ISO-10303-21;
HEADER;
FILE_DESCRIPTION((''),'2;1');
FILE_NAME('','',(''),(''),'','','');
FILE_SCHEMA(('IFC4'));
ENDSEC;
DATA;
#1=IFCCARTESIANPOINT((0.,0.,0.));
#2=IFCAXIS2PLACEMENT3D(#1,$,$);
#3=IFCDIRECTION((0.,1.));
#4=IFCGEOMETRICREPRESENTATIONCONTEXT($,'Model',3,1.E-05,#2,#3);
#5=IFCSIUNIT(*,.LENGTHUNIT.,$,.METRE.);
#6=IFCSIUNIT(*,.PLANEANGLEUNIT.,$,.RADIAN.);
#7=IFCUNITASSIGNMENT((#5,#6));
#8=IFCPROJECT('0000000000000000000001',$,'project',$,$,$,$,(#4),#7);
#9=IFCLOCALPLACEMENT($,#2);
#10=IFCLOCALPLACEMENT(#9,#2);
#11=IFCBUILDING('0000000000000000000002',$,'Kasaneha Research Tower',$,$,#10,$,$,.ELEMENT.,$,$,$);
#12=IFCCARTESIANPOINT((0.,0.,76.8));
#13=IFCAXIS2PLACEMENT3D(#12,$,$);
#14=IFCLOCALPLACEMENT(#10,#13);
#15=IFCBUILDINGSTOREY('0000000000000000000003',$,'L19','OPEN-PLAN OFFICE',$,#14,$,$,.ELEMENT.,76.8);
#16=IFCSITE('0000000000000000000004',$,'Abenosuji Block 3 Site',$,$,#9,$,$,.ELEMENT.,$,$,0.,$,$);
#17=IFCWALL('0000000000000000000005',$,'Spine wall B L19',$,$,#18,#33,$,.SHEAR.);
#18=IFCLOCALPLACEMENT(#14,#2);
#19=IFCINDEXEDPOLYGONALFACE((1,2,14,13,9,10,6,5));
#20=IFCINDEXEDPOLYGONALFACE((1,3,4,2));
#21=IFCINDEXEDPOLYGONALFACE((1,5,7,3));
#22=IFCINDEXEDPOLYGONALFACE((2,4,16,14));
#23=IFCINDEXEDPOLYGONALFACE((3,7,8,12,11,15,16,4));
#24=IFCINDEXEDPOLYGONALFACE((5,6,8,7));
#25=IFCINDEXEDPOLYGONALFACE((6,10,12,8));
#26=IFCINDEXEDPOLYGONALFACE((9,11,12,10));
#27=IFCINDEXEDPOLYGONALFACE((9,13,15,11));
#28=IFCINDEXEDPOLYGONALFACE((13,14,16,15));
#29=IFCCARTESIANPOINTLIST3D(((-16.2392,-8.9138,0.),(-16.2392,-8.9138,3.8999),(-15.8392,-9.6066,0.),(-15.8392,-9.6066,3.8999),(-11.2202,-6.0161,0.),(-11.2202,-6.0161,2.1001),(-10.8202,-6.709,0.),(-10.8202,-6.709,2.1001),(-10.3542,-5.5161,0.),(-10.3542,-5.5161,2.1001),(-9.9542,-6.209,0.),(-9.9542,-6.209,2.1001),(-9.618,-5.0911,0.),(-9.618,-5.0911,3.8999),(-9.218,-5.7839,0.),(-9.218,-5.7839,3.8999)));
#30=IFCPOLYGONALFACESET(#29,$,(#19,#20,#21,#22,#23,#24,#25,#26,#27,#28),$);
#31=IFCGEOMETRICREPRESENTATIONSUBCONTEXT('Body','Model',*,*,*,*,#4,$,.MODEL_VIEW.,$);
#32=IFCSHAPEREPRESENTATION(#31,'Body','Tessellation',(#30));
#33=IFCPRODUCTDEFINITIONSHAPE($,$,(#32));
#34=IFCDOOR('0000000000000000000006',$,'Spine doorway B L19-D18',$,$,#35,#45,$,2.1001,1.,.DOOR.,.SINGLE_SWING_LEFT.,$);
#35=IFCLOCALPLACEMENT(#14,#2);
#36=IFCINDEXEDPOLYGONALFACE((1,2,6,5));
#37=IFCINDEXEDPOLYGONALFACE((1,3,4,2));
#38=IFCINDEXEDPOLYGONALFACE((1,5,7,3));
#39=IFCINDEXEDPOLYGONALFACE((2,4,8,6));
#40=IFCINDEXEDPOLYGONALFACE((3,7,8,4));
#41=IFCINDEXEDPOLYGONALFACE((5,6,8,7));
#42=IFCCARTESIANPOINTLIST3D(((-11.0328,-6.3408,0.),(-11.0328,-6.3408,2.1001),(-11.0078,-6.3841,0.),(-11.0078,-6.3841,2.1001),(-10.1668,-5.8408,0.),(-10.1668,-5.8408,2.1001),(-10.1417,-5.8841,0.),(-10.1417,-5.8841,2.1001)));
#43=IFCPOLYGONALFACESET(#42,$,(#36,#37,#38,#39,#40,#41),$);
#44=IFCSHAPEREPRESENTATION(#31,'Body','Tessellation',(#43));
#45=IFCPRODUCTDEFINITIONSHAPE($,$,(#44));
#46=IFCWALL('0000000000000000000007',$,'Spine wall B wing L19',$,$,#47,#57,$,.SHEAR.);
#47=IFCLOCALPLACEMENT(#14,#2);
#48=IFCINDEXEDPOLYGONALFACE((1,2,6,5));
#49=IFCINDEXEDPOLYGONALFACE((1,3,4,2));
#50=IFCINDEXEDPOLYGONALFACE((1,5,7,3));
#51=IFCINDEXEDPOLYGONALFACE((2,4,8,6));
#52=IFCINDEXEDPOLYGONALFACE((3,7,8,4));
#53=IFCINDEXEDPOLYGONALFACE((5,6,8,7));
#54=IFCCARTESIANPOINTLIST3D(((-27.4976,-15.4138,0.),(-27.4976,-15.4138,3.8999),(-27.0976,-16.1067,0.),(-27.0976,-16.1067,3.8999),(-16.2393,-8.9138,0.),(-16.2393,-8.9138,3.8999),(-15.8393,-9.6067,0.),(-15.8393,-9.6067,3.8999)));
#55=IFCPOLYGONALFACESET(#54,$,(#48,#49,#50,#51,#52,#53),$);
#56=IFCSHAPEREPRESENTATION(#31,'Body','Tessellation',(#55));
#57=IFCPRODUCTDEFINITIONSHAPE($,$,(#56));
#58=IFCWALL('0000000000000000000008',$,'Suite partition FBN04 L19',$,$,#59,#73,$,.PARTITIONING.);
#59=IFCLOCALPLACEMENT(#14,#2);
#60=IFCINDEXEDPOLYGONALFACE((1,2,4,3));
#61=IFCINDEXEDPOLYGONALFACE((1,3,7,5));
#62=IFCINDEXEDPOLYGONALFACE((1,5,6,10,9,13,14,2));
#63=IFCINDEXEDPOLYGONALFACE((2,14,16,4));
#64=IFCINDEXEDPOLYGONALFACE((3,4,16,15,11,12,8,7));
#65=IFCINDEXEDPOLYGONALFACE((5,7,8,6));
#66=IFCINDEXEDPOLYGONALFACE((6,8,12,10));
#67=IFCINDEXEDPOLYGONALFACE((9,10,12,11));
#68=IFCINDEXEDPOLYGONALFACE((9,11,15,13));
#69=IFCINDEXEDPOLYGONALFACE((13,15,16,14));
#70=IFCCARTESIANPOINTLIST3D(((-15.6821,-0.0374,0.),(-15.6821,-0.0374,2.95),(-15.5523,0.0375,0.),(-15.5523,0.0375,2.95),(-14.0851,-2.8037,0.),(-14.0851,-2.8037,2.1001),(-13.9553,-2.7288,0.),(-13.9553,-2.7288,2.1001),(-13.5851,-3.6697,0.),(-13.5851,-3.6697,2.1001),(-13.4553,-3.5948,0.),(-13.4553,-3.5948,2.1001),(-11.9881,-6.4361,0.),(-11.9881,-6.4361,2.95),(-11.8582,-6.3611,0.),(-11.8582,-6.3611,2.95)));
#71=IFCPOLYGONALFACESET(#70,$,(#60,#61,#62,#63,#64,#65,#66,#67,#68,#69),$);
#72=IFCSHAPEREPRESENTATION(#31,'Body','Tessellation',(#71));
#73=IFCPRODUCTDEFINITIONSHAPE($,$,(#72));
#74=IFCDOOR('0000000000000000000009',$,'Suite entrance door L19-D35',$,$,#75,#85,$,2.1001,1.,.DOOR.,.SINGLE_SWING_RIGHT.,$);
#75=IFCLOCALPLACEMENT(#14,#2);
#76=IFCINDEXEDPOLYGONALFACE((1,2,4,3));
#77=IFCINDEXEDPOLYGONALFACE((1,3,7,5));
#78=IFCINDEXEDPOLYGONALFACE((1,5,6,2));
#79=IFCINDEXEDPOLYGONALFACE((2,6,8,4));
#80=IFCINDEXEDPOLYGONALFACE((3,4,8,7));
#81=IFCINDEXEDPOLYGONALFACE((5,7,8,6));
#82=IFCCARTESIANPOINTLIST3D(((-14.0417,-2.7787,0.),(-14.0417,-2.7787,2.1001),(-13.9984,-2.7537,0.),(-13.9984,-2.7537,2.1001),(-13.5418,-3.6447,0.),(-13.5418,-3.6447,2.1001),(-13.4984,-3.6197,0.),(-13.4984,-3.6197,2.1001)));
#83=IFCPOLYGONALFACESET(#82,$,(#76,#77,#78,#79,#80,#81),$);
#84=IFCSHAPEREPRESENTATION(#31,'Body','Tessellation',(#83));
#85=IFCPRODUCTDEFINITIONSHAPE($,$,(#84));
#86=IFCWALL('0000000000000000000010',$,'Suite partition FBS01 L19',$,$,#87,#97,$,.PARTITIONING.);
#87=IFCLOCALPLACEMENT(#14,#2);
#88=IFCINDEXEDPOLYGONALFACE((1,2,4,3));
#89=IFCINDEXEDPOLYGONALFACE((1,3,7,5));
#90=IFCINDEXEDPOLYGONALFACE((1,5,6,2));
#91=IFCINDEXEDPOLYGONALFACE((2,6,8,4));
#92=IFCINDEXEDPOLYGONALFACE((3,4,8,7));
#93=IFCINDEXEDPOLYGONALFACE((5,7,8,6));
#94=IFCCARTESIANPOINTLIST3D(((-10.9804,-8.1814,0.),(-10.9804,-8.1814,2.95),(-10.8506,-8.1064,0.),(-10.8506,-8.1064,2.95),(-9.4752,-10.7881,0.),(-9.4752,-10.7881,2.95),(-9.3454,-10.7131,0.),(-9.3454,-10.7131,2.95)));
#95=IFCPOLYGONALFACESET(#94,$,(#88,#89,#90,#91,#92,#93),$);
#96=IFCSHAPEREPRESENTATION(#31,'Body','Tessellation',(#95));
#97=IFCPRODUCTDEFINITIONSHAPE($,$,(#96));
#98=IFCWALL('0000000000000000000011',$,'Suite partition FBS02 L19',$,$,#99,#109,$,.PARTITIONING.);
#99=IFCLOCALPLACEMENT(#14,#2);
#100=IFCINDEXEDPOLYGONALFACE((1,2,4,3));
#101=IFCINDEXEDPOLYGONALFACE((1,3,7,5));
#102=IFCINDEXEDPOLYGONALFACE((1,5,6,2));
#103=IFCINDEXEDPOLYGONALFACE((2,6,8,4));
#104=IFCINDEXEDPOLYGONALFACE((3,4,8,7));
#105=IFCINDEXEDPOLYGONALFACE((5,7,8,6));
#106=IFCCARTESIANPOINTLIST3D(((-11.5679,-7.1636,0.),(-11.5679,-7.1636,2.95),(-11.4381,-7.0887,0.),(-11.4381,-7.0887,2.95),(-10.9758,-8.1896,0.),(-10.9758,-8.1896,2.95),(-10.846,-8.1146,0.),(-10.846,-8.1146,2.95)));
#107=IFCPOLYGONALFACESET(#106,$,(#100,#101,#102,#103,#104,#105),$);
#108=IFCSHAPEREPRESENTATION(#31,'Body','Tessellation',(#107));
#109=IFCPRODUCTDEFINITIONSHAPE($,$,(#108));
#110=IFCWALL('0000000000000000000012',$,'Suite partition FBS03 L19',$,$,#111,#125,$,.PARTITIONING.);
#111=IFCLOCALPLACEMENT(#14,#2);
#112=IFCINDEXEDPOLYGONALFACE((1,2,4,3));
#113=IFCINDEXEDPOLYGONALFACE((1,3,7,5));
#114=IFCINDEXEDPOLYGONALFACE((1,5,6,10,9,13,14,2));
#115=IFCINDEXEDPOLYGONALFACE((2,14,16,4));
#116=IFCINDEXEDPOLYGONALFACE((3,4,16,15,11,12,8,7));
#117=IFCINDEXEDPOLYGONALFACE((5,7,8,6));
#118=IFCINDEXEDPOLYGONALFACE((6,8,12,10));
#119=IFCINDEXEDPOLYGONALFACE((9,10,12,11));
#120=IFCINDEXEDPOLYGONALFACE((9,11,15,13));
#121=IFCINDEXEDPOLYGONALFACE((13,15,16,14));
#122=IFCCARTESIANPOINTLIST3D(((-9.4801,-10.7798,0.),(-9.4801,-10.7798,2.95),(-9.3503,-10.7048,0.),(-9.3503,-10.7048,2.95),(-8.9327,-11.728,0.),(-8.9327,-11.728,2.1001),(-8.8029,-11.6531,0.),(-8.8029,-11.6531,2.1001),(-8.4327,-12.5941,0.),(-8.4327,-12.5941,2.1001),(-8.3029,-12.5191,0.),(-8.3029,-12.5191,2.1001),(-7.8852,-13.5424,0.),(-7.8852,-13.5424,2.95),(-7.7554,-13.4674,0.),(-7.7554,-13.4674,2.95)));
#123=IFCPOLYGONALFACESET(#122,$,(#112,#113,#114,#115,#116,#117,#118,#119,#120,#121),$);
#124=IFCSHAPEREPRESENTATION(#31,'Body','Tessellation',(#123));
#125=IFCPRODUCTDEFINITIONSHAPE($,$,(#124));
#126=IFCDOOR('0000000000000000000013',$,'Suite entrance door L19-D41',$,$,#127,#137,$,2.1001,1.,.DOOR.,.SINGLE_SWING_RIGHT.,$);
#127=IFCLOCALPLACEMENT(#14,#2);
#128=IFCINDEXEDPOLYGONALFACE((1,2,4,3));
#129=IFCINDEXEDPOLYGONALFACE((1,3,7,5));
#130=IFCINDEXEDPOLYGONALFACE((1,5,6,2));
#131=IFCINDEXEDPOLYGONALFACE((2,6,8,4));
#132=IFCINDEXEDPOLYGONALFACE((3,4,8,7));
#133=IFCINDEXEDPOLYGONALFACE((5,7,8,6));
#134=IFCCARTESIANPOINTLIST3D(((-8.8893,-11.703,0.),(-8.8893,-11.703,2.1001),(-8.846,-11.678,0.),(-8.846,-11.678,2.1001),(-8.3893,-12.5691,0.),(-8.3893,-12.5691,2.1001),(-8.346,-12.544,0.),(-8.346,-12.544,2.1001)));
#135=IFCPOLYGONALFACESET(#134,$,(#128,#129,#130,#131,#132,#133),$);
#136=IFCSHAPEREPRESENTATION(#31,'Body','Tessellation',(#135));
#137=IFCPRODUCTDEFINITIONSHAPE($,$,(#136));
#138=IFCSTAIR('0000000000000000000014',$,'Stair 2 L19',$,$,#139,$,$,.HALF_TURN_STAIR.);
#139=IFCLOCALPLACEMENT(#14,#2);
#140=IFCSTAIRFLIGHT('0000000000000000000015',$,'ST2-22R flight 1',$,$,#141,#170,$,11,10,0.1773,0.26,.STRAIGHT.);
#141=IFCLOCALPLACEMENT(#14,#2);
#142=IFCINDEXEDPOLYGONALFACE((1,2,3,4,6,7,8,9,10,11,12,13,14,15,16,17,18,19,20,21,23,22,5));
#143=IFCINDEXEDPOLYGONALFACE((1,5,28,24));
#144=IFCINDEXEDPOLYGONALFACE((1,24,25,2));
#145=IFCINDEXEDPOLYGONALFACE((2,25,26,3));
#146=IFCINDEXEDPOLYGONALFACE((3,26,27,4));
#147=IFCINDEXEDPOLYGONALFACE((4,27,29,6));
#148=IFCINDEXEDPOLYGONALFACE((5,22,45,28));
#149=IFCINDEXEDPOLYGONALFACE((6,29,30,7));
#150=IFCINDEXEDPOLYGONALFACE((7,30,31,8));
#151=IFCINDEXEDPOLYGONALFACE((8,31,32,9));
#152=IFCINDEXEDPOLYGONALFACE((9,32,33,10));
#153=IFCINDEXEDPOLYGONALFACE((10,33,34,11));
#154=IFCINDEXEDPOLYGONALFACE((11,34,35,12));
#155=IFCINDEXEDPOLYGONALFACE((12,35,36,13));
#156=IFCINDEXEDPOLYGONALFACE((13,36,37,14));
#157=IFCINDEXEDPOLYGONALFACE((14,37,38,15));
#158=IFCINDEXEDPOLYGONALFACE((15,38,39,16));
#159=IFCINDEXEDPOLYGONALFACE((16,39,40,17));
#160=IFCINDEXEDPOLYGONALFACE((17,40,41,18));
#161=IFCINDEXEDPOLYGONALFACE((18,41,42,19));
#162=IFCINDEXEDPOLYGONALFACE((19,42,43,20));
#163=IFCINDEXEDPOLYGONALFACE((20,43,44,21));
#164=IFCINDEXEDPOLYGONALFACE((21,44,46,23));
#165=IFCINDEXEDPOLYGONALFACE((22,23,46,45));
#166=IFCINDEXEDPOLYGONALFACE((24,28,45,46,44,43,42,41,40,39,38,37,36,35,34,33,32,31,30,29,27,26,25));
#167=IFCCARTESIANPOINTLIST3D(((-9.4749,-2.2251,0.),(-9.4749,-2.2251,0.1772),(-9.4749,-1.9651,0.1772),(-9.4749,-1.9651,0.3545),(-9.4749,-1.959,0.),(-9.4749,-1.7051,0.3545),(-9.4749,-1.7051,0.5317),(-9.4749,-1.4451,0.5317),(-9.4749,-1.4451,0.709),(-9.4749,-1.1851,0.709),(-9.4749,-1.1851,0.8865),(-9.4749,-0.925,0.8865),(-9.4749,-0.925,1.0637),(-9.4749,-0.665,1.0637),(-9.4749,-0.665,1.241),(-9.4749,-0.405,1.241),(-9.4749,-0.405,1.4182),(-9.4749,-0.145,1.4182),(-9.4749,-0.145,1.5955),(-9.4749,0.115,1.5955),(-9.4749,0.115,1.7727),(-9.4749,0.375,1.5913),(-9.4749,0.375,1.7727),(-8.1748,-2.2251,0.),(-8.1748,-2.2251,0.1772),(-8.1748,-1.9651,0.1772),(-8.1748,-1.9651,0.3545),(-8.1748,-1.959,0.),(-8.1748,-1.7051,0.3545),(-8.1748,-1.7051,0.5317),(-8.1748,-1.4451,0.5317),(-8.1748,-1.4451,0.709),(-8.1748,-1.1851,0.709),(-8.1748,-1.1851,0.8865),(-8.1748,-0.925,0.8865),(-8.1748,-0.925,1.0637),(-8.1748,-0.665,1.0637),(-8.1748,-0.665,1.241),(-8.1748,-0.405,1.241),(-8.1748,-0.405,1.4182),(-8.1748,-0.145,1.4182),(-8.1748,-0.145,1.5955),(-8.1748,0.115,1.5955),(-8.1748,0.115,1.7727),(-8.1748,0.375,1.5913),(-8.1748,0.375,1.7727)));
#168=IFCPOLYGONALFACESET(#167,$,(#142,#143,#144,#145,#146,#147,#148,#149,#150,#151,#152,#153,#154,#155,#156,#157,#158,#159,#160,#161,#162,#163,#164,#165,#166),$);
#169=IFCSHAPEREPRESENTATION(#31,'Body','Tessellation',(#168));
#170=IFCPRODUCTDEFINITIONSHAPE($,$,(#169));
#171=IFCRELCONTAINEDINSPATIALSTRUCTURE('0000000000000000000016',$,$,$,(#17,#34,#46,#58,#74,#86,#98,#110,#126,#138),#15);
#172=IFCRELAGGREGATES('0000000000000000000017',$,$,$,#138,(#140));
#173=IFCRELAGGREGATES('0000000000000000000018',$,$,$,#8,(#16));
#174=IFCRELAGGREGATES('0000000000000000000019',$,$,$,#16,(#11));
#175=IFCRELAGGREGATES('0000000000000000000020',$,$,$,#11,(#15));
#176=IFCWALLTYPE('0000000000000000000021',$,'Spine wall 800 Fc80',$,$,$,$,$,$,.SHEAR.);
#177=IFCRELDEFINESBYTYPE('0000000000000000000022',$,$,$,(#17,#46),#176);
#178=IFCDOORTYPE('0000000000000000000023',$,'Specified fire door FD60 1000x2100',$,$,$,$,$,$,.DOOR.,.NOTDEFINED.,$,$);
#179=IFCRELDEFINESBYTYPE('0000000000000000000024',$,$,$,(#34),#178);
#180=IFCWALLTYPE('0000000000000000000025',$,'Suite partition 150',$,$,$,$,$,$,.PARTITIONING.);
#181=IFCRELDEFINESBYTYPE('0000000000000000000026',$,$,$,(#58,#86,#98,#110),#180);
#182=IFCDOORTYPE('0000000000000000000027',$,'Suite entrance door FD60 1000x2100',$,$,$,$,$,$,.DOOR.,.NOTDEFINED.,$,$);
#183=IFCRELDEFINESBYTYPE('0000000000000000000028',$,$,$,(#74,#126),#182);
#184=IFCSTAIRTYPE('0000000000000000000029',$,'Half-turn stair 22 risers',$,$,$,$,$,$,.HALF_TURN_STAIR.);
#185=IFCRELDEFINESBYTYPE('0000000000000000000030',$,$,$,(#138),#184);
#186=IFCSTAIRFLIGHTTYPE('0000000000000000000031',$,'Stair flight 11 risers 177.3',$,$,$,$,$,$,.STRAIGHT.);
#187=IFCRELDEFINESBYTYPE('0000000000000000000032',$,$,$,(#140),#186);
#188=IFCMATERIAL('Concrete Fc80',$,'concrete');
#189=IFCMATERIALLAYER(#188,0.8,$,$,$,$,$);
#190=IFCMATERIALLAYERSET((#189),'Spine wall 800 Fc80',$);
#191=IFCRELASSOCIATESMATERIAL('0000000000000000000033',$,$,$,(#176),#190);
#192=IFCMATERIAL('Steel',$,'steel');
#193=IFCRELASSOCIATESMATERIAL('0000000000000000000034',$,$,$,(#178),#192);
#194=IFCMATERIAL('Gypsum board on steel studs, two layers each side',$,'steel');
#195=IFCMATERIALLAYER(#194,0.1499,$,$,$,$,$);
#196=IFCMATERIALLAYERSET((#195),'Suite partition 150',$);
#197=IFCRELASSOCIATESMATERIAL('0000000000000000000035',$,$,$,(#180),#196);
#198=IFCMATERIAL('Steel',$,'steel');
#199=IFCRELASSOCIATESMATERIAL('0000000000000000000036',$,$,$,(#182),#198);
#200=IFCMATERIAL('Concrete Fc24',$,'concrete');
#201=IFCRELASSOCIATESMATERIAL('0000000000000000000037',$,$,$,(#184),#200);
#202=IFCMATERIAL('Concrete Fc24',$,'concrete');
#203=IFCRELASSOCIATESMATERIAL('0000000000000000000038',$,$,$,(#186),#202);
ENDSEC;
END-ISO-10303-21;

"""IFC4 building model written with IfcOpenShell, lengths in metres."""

from ifc_helpers import new_model, si_unit, direction, frame, frame_2d, origin, place, context, subcontext, project, spatial, polyline, rectangle, outline, extrude, material, layer, layer_set, type_object, element, fill, aggregate, save


model = new_model("IFC4")

# Units and contexts
model_context = context("Model", 3, precision=1e-05, world=origin(), true_north=direction((0.0, 1.0)))
body_context = subcontext(model_context, "Body", "Model", "MODEL_VIEW")
ifc_project = project(units=[si_unit("LENGTHUNIT", "METRE"), si_unit("PLANEANGLEUNIT", "RADIAN")], contexts=[model_context])

# Site, building, storey
site_placement = place(None, origin())
site = spatial("IfcSite", under=ifc_project, at=site_placement, Name="Abenosuji Block 3 Site", CompositionType="ELEMENT", RefElevation=0.0)
building_placement = place(site_placement, origin())
building = spatial("IfcBuilding", under=site, at=building_placement, Name="Kasaneha Research Tower", CompositionType="ELEMENT")
storey_placement = place(building_placement, frame((0.0, 0.0, 76.8)))
storey = spatial("IfcBuildingStorey", under=building, at=storey_placement, Name="L19", Description="OPEN-PLAN OFFICE", CompositionType="ELEMENT", Elevation=76.8)

# Wall, opening, door
ifc_material_1 = material(Name="Concrete Fc80", Category="concrete")
ifc_layer_1 = layer(ifc_material_1, 0.8)
ifc_layer_set_1 = layer_set([ifc_layer_1], Name="Spine wall 800 Fc80")
wall_type_1 = type_object("IfcWallType", Name="Spine wall 800 Fc80", PredefinedType="SHEAR", material=ifc_layer_set_1)
wall_1_placement = place(storey_placement, frame((-9.418, -5.4375, 0.0), z_axis=(0.0, 0.0, 1.0), x_axis=(-0.86603, -0.499992, 0.0)))
wall_1 = element("IfcWall", 1, at=wall_1_placement, inside=storey, type_object=wall_type_1, Name="Spine wall B L19", PredefinedType="SHEAR", context=body_context, shape_type="SweptSolid", body=[
    extrude(rectangle(XDim=7.6455, YDim=0.8, at=frame_2d((3.8228, 0.0))), origin(), (0.0, 0.0, 1.0), 3.8999),
])
opening_1_placement = place(wall_1_placement, frame((0.8501, 0.0, 0.0)))
opening_1 = element("IfcOpeningElement", 2, at=opening_1_placement, cuts=wall_1, PredefinedType="OPENING", context=body_context, shape_type="SweptSolid", body=[
    extrude(rectangle(XDim=1.0, YDim=2.1001, at=frame_2d((0.5, 1.05))), frame((0.0, 0.4102, 0.0), z_axis=(0.0, -1.0, 0.0), x_axis=(1.0, 0.0, 0.0)), (0.0, 0.0, 1.0), 0.8201),
])
ifc_material_2 = material(Name="Steel", Category="steel")
door_type_1 = type_object("IfcDoorType", Name="Specified fire door FD60 1000x2100", OperationType="NOTDEFINED", PredefinedType="DOOR", material=ifc_material_2)
door_1_placement = place(opening_1_placement, origin())
door_1 = element("IfcDoor", 3, at=door_1_placement, inside=storey, type_object=door_type_1, Name="Spine doorway B L19-D18", OperationType="SINGLE_SWING_LEFT", OverallHeight=2.1001, OverallWidth=1.0, PredefinedType="DOOR", context=body_context, shape_type="SweptSolid", body=[
    extrude(rectangle(XDim=1.0, YDim=2.1001, at=frame_2d((0.5, 1.05))), frame((0.0, 0.0249, 0.0), z_axis=(0.0, -1.0, 0.0), x_axis=(1.0, 0.0, 0.0)), (0.0, 0.0, 1.0), 0.05),
])
fill(opening_1, door_1)

# Wall
wall_2_placement = place(storey_placement, frame((-16.0393, -9.2603, 0.0), z_axis=(0.0, 0.0, 1.0), x_axis=(-0.866025, -0.500001, 0.0)))
element("IfcWall", 4, at=wall_2_placement, inside=storey, type_object=wall_type_1, Name="Spine wall B wing L19", PredefinedType="SHEAR", context=body_context, shape_type="SweptSolid", body=[
    extrude(rectangle(XDim=13.0, YDim=0.8, at=frame_2d((6.5, 0.0))), origin(), (0.0, 0.0, 1.0), 3.8999),
])

# Wall, opening, door
ifc_material_3 = material(Name="Gypsum board on steel studs, two layers each side", Category="steel")
ifc_layer_2 = layer(ifc_material_3, 0.1499)
ifc_layer_set_2 = layer_set([ifc_layer_2], Name="Suite partition 150")
wall_type_2 = type_object("IfcWallType", Name="Suite partition 150", PredefinedType="PARTITIONING", material=ifc_layer_set_2)
wall_3_placement = place(storey_placement, frame((-11.9231, -6.3987, 0.0), z_axis=(0.0, 0.0, 1.0), x_axis=(-0.499981, 0.866036, 0.0)))
wall_3 = element("IfcWall", 5, at=wall_3_placement, inside=storey, type_object=wall_type_2, Name="Suite partition FBN04 L19", PredefinedType="PARTITIONING", context=body_context, shape_type="SweptSolid", body=[
    extrude(rectangle(XDim=7.3884, YDim=0.1499, at=frame_2d((3.6943, 0.0))), origin(), (0.0, 0.0, 1.0), 2.95),
])
opening_2_placement = place(wall_3_placement, frame((3.1943, 0.0, 0.0)))
opening_2 = element("IfcOpeningElement", 6, at=opening_2_placement, cuts=wall_3, PredefinedType="OPENING", context=body_context, shape_type="SweptSolid", body=[
    extrude(rectangle(XDim=1.0, YDim=2.1001, at=frame_2d((0.5, 1.05))), frame((0.0, 0.085, 0.0), z_axis=(0.0, -1.0, 0.0), x_axis=(1.0, 0.0, 0.0)), (0.0, 0.0, 1.0), 0.1699),
])
ifc_material_4 = material(Name="Steel", Category="steel")
door_type_2 = type_object("IfcDoorType", Name="Suite entrance door FD60 1000x2100", OperationType="NOTDEFINED", PredefinedType="DOOR", material=ifc_material_4)
door_2_placement = place(opening_2_placement, origin())
door_2 = element("IfcDoor", 7, at=door_2_placement, inside=storey, type_object=door_type_2, Name="Suite entrance door L19-D35", OperationType="SINGLE_SWING_RIGHT", OverallHeight=2.1001, OverallWidth=1.0, PredefinedType="DOOR", context=body_context, shape_type="SweptSolid", body=[
    extrude(rectangle(XDim=1.0, YDim=2.1001, at=frame_2d((0.5, 1.05))), frame((0.0, 0.0249, 0.0), z_axis=(0.0, -1.0, 0.0), x_axis=(1.0, 0.0, 0.0)), (0.0, 0.0, 1.0), 0.05),
])
fill(opening_2, door_2)

# Walls
wall_4_placement = place(storey_placement, frame((-9.4104, -10.7505, 0.0), z_axis=(0.0, 0.0, 1.0), x_axis=(-0.500038, 0.866003, 0.0)))
element("IfcWall", 8, at=wall_4_placement, inside=storey, type_object=wall_type_2, Name="Suite partition FBS01 L19", PredefinedType="PARTITIONING", context=body_context, shape_type="SweptSolid", body=[
    extrude(rectangle(XDim=3.01, YDim=0.1499, at=frame_2d((1.5049, 0.0))), origin(), (0.0, 0.0, 1.0), 2.95),
])
wall_5_placement = place(storey_placement, frame((-10.9109, -8.1521, 0.0), z_axis=(0.0, 0.0, 1.0), x_axis=(-0.499841, 0.866117, 0.0)))
element("IfcWall", 9, at=wall_5_placement, inside=storey, type_object=wall_type_2, Name="Suite partition FBS02 L19", PredefinedType="PARTITIONING", context=body_context, shape_type="SweptSolid", body=[
    extrude(rectangle(XDim=1.1846, YDim=0.1499, at=frame_2d((0.5923, 0.0))), origin(), (0.0, 0.0, 1.0), 2.95),
])

# Wall, opening, door
wall_6_placement = place(storey_placement, frame((-7.8203, -13.5049, 0.0), z_axis=(0.0, 0.0, 1.0), x_axis=(-0.499983, 0.866035, 0.0)))
wall_6 = element("IfcWall", 10, at=wall_6_placement, inside=storey, type_object=wall_type_2, Name="Suite partition FBS03 L19", PredefinedType="PARTITIONING", context=body_context, shape_type="SweptSolid", body=[
    extrude(rectangle(XDim=3.1899, YDim=0.1499, at=frame_2d((1.595, 0.0))), origin(), (0.0, 0.0, 1.0), 2.95),
])
opening_3_placement = place(wall_6_placement, frame((1.095, 0.0, 0.0)))
opening_3 = element("IfcOpeningElement", 11, at=opening_3_placement, cuts=wall_6, PredefinedType="OPENING", context=body_context, shape_type="SweptSolid", body=[
    extrude(rectangle(XDim=1.0, YDim=2.1001, at=frame_2d((0.5, 1.05))), frame((0.0, 0.085, 0.0), z_axis=(0.0, -1.0, 0.0), x_axis=(1.0, 0.0, 0.0)), (0.0, 0.0, 1.0), 0.1699),
])
door_3_placement = place(opening_3_placement, origin())
door_3 = element("IfcDoor", 12, at=door_3_placement, inside=storey, type_object=door_type_2, Name="Suite entrance door L19-D41", OperationType="SINGLE_SWING_RIGHT", OverallHeight=2.1001, OverallWidth=1.0, PredefinedType="DOOR", context=body_context, shape_type="SweptSolid", body=[
    extrude(rectangle(XDim=1.0, YDim=2.1001, at=frame_2d((0.5, 1.05))), frame((0.0, 0.0249, 0.0), z_axis=(0.0, -1.0, 0.0), x_axis=(1.0, 0.0, 0.0)), (0.0, 0.0, 1.0), 0.05),
])
fill(opening_3, door_3)

# Stair, stair flight
ifc_material_5 = material(Name="Concrete Fc24", Category="concrete")
stair_type = type_object("IfcStairType", Name="Half-turn stair 22 risers", PredefinedType="HALF_TURN_STAIR", material=ifc_material_5)
stair_placement = place(storey_placement, origin())
stair = element("IfcStair", 13, at=stair_placement, inside=storey, type_object=stair_type, Name="Stair 2 L19", PredefinedType="HALF_TURN_STAIR")
ifc_material_6 = material(Name="Concrete Fc24", Category="concrete")
stair_flight_type = type_object("IfcStairFlightType", Name="Stair flight 11 risers 177.3", PredefinedType="STRAIGHT", material=ifc_material_6)
stair_flight_placement = place(storey_placement, frame((-8.825, -2.2251, 0.0), z_axis=(0.0, 0.0, 1.0), x_axis=(0.0, 1.0, 0.0)))
stair_flight = element("IfcStairFlight", 14, at=stair_flight_placement, type_object=stair_flight_type, Name="ST2-22R flight 1", NumberOfRisers=11, NumberOfTreads=10, PredefinedType="STRAIGHT", RiserHeight=0.1773, TreadLength=0.26, context=body_context, shape_type="SweptSolid", body=[
    extrude(outline(polyline([(0.0, 0.0), (0.0, 0.1772), (0.26, 0.1772), (0.26, 0.3545), (0.52, 0.3545), (0.52, 0.5317), (0.78, 0.5317), (0.78, 0.709), (1.04, 0.709), (1.04, 0.8865), (1.3, 0.8865), (1.3, 1.0637), (1.5601, 1.0637), (1.5601, 1.241), (1.8201, 1.241), (1.8201, 1.4182), (2.0801, 1.4182), (2.0801, 1.5955), (2.3401, 1.5955), (2.3401, 1.7727), (2.6001, 1.7727), (2.6001, 1.95), (2.6001, 1.5913), (0.2661, 0.0), (0.0, 0.0)])), frame((0.0, 0.6499, 0.0), z_axis=(0.0, -1.0, 0.0), x_axis=(1.0, 0.0, 0.0)), (0.0, 0.0, 1.0), 1.3),
])
aggregate(stair, [stair_flight])

save(model, "model.ifc")
